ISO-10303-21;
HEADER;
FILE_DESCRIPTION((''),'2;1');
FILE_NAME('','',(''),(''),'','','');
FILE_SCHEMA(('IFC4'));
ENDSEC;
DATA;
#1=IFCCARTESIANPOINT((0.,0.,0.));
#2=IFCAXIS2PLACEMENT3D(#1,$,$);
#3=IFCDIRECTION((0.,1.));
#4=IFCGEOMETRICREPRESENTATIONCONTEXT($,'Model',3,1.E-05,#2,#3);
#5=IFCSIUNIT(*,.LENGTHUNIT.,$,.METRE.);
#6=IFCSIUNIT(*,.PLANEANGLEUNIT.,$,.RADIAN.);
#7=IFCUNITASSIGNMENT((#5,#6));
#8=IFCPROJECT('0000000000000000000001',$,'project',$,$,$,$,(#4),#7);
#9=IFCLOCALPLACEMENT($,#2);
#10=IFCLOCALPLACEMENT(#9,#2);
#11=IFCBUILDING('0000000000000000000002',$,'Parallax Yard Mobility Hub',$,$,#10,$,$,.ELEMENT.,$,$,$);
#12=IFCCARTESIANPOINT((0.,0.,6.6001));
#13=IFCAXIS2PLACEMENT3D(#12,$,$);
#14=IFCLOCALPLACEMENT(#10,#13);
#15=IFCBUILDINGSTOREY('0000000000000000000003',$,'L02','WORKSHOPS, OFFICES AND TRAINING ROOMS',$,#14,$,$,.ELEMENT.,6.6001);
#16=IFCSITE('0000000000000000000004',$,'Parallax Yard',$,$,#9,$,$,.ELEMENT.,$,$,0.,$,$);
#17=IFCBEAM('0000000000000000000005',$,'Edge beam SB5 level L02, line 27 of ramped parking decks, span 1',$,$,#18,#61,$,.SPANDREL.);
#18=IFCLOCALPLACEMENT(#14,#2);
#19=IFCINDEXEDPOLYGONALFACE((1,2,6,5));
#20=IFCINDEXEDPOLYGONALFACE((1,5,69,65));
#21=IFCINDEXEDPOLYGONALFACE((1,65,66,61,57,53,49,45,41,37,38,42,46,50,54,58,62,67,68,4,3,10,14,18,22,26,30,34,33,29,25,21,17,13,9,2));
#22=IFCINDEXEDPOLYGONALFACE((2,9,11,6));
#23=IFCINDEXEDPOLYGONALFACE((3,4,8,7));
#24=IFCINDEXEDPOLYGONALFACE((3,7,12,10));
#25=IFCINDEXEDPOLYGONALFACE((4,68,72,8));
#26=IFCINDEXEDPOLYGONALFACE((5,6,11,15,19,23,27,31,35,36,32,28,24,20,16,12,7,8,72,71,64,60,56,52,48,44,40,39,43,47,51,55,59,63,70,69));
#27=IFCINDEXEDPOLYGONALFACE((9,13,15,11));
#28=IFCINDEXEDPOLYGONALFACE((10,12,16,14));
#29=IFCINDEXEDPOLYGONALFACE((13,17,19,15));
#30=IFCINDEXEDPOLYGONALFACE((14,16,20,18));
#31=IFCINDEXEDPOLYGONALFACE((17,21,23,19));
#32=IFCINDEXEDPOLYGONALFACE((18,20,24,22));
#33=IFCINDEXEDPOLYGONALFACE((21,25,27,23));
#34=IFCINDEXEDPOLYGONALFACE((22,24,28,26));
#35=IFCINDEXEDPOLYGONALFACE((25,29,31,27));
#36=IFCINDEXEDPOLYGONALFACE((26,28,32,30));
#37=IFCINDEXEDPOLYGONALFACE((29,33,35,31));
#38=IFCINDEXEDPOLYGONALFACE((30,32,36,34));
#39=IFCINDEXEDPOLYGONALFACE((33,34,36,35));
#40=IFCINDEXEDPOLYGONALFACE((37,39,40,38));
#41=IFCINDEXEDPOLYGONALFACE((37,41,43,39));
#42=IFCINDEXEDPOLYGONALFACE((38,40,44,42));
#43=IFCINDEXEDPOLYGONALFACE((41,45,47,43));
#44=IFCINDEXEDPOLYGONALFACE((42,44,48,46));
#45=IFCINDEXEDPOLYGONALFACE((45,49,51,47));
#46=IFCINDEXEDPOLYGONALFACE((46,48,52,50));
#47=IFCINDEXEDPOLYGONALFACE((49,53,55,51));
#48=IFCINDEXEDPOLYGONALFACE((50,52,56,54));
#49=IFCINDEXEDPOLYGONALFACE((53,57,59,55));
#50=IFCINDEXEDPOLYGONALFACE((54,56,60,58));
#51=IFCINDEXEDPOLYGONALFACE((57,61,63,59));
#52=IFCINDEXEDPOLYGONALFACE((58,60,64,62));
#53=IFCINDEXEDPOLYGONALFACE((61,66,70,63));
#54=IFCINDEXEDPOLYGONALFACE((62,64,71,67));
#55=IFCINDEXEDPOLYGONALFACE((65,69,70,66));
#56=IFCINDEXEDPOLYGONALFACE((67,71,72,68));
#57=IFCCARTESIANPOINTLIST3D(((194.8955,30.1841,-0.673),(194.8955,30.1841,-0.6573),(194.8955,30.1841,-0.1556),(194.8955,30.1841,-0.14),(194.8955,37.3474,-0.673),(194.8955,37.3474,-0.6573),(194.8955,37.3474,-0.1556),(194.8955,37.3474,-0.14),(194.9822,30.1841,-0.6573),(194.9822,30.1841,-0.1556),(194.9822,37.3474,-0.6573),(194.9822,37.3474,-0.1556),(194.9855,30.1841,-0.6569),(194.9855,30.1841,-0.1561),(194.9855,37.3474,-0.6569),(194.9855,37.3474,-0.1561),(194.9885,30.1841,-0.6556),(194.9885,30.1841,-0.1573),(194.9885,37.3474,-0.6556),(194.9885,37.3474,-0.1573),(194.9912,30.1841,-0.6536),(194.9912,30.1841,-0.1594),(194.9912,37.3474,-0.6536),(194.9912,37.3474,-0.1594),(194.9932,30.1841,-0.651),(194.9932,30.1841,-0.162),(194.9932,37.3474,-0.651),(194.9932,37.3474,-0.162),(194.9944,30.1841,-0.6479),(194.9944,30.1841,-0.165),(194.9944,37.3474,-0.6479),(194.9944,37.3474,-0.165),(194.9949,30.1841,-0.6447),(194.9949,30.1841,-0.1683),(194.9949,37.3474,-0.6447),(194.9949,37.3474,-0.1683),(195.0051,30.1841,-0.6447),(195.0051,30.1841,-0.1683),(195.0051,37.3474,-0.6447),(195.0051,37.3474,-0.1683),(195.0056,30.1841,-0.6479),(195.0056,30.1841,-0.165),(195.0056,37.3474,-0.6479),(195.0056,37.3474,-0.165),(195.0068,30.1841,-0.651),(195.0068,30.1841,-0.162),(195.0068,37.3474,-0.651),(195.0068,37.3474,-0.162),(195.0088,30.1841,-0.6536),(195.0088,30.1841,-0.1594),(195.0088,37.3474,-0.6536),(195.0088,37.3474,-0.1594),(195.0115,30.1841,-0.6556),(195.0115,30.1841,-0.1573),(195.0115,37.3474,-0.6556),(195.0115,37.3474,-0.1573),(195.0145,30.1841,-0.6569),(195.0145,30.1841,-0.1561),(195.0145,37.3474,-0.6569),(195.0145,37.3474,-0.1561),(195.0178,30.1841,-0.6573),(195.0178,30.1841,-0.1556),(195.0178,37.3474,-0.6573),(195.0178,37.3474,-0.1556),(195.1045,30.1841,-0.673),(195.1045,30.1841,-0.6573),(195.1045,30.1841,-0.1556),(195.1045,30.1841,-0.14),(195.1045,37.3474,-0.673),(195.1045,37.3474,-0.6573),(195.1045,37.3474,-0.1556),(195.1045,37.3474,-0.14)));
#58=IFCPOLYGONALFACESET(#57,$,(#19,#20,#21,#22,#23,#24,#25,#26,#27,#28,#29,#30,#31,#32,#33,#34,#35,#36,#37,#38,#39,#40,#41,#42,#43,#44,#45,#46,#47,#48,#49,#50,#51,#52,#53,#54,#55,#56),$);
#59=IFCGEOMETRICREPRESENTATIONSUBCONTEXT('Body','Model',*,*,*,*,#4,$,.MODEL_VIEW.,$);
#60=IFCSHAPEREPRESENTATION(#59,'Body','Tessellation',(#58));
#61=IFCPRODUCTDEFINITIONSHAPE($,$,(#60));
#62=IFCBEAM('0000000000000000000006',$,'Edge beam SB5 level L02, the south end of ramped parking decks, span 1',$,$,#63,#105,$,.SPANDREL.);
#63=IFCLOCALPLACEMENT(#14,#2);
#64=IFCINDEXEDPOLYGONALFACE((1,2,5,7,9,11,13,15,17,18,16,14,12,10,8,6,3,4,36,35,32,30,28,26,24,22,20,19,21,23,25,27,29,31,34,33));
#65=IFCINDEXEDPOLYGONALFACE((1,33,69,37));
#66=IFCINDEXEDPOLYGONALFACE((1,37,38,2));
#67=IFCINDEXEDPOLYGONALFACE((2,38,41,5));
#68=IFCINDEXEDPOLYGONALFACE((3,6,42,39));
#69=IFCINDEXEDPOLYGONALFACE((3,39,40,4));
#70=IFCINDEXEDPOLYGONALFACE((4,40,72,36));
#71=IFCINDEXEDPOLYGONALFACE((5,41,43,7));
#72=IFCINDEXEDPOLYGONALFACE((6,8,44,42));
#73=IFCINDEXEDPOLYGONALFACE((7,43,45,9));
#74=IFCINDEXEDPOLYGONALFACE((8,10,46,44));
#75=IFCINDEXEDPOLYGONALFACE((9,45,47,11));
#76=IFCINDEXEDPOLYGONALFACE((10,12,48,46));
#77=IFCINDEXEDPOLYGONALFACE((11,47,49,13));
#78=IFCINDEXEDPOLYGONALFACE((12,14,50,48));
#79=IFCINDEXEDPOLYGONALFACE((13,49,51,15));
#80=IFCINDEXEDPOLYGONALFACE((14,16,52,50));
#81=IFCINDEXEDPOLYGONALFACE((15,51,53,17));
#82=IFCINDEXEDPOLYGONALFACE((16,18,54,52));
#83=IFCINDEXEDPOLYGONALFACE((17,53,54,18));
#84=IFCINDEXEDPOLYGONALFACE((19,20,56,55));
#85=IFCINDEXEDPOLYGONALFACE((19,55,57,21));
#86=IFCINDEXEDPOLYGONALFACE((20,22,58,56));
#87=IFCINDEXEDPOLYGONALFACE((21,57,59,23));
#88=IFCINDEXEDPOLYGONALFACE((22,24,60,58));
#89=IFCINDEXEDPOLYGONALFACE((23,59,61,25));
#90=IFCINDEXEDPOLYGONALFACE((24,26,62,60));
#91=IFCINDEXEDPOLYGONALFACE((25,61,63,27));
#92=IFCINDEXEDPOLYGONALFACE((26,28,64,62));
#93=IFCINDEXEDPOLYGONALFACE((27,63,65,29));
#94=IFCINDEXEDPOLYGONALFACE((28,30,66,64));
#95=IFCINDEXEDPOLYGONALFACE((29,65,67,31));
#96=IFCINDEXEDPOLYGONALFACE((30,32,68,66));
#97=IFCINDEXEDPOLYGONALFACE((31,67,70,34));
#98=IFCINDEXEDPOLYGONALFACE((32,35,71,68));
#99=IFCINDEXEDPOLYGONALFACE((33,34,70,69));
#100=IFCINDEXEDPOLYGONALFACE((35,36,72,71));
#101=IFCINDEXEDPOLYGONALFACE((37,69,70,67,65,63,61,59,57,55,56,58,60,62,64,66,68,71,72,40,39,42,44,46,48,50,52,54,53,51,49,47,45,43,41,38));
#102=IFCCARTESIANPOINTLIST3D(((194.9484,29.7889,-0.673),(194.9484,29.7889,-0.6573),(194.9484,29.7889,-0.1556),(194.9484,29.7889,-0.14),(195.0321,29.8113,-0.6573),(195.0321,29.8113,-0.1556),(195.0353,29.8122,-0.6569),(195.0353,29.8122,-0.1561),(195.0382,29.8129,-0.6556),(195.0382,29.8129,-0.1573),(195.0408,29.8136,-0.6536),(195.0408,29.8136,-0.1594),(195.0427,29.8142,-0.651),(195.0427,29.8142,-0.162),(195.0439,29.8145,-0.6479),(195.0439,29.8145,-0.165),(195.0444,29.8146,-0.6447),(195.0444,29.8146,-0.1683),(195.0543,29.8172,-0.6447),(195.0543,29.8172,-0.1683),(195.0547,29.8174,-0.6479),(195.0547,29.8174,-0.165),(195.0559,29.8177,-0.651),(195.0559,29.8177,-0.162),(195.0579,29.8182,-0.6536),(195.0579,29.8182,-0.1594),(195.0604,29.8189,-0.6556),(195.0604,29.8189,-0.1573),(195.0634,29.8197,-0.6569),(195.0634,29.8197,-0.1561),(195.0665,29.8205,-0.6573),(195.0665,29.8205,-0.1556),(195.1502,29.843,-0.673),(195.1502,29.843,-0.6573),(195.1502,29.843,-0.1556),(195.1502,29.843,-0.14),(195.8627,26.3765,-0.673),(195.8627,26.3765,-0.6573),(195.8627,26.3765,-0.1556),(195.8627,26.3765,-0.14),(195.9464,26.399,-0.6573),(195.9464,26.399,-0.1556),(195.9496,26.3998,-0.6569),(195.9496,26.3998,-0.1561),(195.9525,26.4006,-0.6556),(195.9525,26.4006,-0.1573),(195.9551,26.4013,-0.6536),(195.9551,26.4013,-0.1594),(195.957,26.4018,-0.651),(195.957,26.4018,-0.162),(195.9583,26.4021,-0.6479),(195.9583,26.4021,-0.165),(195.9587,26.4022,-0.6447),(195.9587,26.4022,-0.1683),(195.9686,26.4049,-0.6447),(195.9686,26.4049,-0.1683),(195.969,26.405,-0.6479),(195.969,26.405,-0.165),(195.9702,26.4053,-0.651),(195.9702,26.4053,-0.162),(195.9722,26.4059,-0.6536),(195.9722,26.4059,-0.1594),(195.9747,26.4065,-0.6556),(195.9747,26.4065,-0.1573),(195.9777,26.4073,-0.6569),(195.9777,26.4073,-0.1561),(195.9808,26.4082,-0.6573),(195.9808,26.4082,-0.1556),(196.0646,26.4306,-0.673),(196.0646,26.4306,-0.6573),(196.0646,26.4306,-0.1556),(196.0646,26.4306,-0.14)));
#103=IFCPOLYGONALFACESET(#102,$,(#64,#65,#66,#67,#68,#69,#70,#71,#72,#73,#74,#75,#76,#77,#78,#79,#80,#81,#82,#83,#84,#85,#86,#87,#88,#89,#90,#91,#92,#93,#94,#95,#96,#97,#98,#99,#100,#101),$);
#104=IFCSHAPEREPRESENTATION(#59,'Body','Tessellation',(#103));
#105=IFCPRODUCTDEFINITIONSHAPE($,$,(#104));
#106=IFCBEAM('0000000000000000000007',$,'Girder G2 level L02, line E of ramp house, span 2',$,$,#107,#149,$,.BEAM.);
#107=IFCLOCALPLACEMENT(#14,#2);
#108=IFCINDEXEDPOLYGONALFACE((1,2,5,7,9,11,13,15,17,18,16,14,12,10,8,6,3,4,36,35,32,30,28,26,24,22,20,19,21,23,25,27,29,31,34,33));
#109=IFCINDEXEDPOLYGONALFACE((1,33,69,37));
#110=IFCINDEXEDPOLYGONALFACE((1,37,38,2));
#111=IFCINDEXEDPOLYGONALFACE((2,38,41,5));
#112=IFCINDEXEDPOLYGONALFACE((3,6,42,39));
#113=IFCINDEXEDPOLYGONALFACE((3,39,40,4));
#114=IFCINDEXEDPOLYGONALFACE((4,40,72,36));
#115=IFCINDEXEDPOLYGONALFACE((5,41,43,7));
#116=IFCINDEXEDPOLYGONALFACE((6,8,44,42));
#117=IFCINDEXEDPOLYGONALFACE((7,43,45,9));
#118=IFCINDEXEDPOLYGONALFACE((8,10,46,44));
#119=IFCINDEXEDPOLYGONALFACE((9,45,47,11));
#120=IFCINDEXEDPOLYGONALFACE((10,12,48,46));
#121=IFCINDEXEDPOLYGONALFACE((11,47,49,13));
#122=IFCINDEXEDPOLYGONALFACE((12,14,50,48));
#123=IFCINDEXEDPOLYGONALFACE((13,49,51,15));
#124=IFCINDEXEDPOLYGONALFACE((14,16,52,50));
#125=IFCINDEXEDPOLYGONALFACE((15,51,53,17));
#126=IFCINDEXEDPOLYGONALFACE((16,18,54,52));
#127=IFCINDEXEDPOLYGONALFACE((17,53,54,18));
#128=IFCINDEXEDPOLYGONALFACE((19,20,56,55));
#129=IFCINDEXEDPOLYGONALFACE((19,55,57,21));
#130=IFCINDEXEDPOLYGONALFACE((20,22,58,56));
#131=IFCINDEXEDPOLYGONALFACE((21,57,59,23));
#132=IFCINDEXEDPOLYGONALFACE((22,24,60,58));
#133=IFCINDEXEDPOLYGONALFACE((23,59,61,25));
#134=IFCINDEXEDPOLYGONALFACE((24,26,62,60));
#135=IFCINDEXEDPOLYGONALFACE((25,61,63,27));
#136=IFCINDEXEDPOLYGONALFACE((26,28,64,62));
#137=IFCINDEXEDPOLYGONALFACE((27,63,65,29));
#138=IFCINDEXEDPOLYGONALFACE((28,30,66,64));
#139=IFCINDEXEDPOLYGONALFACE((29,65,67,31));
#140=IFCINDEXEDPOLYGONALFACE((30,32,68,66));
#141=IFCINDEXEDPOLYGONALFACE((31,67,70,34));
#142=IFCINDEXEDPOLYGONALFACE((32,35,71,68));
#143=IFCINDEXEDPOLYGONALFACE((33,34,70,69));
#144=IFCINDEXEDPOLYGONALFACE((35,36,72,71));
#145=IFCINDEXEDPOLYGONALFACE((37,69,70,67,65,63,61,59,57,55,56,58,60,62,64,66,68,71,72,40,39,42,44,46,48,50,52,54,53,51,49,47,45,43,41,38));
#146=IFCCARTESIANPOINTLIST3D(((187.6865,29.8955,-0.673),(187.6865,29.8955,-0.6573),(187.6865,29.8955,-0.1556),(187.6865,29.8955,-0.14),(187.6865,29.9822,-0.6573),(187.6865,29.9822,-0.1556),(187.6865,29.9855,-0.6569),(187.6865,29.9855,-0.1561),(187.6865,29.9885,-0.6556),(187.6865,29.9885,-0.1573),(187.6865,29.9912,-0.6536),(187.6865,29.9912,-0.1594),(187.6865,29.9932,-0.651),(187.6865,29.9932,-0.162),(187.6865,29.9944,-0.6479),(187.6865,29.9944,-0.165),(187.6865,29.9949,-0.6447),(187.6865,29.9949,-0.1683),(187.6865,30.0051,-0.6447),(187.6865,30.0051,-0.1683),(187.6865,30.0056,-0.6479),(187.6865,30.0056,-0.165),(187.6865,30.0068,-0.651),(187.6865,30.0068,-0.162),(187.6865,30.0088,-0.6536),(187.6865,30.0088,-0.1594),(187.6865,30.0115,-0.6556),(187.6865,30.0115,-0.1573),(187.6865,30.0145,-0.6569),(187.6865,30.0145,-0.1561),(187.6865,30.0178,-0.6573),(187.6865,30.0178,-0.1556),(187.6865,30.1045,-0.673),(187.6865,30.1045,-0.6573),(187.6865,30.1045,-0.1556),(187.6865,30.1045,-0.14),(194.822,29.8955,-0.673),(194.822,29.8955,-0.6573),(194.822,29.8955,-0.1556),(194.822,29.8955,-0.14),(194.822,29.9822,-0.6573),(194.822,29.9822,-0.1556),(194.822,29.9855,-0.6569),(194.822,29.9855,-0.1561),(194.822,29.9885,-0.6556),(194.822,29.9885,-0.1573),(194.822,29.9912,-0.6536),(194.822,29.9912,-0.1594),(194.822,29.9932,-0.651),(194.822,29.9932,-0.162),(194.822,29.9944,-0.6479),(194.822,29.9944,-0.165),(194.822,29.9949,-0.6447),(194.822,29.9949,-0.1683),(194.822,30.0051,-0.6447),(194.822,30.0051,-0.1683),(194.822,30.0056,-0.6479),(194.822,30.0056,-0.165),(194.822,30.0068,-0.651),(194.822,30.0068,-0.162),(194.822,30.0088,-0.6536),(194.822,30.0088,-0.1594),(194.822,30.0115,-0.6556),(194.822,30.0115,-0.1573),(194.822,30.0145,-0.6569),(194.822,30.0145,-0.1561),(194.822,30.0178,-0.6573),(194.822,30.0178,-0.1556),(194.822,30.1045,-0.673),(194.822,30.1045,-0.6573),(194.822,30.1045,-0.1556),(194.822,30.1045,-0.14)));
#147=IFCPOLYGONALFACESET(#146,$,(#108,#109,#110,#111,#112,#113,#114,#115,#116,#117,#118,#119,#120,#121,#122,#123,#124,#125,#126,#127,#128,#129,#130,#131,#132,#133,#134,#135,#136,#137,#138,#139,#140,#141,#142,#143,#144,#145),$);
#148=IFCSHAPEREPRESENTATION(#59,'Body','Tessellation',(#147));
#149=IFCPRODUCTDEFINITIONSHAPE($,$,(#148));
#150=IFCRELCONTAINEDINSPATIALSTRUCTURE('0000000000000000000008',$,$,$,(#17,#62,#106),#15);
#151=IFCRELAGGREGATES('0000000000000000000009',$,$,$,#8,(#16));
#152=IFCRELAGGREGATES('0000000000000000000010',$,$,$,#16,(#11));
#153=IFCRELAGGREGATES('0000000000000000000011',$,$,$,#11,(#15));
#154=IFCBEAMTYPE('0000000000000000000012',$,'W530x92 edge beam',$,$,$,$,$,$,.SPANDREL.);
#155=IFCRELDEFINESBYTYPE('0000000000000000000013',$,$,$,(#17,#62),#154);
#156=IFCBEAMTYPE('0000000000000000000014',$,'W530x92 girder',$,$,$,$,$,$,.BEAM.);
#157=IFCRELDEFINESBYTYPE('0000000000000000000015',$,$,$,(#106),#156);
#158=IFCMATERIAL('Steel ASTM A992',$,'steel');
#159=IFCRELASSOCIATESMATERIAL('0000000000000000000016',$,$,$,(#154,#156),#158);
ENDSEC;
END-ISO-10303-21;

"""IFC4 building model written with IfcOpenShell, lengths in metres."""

from ifc_helpers import new_model, si_unit, direction, frame, origin, origin_2d, place, context, subcontext, project, spatial, i_section, extrude, material, material_profile, profile_set, type_object, element, save


model = new_model("IFC4")

# Units and contexts
model_context = context("Model", 3, precision=1e-05, world=origin(), true_north=direction((0.0, 1.0)))
body_context = subcontext(model_context, "Body", "Model", "MODEL_VIEW")
ifc_project = project(units=[si_unit("LENGTHUNIT", "METRE"), si_unit("PLANEANGLEUNIT", "RADIAN")], contexts=[model_context])

# Site, building, storey
site_placement = place(None, origin())
site = spatial("IfcSite", under=ifc_project, at=site_placement, Name="Parallax Yard", CompositionType="ELEMENT", RefElevation=0.0)
building_placement = place(site_placement, origin())
building = spatial("IfcBuilding", under=site, at=building_placement, Name="Parallax Yard Mobility Hub", CompositionType="ELEMENT")
storey_placement = place(building_placement, frame((0.0, 0.0, 6.6001)))
storey = spatial("IfcBuildingStorey", under=building, at=storey_placement, Name="L02", Description="WORKSHOPS, OFFICES AND TRAINING ROOMS", CompositionType="ELEMENT", Elevation=6.6001)

# Shared definitions
ifc_material_1 = material(Name="Steel ASTM A992", Category="steel")

# Beams
ifc_material_profile_1 = material_profile(ifc_material_1, i_section(OverallWidth=0.209, OverallDepth=0.533, WebThickness=0.0103, FlangeThickness=0.0156, FilletRadius=0.0127, at=origin_2d()), Name="W530x92")
ifc_profile_set_1 = profile_set([ifc_material_profile_1], Name="Steel ASTM A992")
beam_type_1 = type_object("IfcBeamType", Name="W530x92 edge beam", PredefinedType="SPANDREL", material=ifc_profile_set_1)
beam_1_placement = place(storey_placement, frame((195.0, 30.1841, -0.4065), z_axis=(0.0, 1.0, 0.0), x_axis=(-1.0, 0.0, 0.0)))
element("IfcBeam", 1, at=beam_1_placement, inside=storey, type_object=beam_type_1, Name="Edge beam SB5 level L02, line 27 of ramped parking decks, span 1", PredefinedType="SPANDREL", context=body_context, shape_type="SweptSolid", body=[
    extrude(i_section(OverallWidth=0.209, OverallDepth=0.533, WebThickness=0.0103, FlangeThickness=0.0156, FilletRadius=0.0127, at=origin_2d()), origin(), (0.0, 0.0, 1.0), 7.1633),
])
beam_2_placement = place(storey_placement, frame((195.0493, 29.8159, -0.4065), z_axis=(0.258811, -0.965928, 0.0), x_axis=(0.965928, 0.258811, 0.0)))
element("IfcBeam", 2, at=beam_2_placement, inside=storey, type_object=beam_type_1, Name="Edge beam SB5 level L02, the south end of ramped parking decks, span 1", PredefinedType="SPANDREL", context=body_context, shape_type="SweptSolid", body=[
    extrude(i_section(OverallWidth=0.209, OverallDepth=0.533, WebThickness=0.0103, FlangeThickness=0.0156, FilletRadius=0.0127, at=origin_2d()), origin(), (0.0, 0.0, 1.0), 3.5327),
])
ifc_material_profile_2 = material_profile(ifc_material_1, i_section(OverallWidth=0.209, OverallDepth=0.533, WebThickness=0.0103, FlangeThickness=0.0156, FilletRadius=0.0127, at=origin_2d()), Name="W530x92")
ifc_profile_set_2 = profile_set([ifc_material_profile_2], Name="Steel ASTM A992")
beam_type_2 = type_object("IfcBeamType", Name="W530x92 girder", PredefinedType="BEAM", material=ifc_profile_set_2)
beam_3_placement = place(storey_placement, frame((187.6865, 30.0, -0.4065), z_axis=(1.0, 0.0, 0.0), x_axis=(0.0, 1.0, 0.0)))
element("IfcBeam", 3, at=beam_3_placement, inside=storey, type_object=beam_type_2, Name="Girder G2 level L02, line E of ramp house, span 2", PredefinedType="BEAM", context=body_context, shape_type="SweptSolid", body=[
    extrude(i_section(OverallWidth=0.209, OverallDepth=0.533, WebThickness=0.0103, FlangeThickness=0.0156, FilletRadius=0.0127, at=origin_2d()), origin(), (0.0, 0.0, 1.0), 7.1355),
])

save(model, "model.ifc")
